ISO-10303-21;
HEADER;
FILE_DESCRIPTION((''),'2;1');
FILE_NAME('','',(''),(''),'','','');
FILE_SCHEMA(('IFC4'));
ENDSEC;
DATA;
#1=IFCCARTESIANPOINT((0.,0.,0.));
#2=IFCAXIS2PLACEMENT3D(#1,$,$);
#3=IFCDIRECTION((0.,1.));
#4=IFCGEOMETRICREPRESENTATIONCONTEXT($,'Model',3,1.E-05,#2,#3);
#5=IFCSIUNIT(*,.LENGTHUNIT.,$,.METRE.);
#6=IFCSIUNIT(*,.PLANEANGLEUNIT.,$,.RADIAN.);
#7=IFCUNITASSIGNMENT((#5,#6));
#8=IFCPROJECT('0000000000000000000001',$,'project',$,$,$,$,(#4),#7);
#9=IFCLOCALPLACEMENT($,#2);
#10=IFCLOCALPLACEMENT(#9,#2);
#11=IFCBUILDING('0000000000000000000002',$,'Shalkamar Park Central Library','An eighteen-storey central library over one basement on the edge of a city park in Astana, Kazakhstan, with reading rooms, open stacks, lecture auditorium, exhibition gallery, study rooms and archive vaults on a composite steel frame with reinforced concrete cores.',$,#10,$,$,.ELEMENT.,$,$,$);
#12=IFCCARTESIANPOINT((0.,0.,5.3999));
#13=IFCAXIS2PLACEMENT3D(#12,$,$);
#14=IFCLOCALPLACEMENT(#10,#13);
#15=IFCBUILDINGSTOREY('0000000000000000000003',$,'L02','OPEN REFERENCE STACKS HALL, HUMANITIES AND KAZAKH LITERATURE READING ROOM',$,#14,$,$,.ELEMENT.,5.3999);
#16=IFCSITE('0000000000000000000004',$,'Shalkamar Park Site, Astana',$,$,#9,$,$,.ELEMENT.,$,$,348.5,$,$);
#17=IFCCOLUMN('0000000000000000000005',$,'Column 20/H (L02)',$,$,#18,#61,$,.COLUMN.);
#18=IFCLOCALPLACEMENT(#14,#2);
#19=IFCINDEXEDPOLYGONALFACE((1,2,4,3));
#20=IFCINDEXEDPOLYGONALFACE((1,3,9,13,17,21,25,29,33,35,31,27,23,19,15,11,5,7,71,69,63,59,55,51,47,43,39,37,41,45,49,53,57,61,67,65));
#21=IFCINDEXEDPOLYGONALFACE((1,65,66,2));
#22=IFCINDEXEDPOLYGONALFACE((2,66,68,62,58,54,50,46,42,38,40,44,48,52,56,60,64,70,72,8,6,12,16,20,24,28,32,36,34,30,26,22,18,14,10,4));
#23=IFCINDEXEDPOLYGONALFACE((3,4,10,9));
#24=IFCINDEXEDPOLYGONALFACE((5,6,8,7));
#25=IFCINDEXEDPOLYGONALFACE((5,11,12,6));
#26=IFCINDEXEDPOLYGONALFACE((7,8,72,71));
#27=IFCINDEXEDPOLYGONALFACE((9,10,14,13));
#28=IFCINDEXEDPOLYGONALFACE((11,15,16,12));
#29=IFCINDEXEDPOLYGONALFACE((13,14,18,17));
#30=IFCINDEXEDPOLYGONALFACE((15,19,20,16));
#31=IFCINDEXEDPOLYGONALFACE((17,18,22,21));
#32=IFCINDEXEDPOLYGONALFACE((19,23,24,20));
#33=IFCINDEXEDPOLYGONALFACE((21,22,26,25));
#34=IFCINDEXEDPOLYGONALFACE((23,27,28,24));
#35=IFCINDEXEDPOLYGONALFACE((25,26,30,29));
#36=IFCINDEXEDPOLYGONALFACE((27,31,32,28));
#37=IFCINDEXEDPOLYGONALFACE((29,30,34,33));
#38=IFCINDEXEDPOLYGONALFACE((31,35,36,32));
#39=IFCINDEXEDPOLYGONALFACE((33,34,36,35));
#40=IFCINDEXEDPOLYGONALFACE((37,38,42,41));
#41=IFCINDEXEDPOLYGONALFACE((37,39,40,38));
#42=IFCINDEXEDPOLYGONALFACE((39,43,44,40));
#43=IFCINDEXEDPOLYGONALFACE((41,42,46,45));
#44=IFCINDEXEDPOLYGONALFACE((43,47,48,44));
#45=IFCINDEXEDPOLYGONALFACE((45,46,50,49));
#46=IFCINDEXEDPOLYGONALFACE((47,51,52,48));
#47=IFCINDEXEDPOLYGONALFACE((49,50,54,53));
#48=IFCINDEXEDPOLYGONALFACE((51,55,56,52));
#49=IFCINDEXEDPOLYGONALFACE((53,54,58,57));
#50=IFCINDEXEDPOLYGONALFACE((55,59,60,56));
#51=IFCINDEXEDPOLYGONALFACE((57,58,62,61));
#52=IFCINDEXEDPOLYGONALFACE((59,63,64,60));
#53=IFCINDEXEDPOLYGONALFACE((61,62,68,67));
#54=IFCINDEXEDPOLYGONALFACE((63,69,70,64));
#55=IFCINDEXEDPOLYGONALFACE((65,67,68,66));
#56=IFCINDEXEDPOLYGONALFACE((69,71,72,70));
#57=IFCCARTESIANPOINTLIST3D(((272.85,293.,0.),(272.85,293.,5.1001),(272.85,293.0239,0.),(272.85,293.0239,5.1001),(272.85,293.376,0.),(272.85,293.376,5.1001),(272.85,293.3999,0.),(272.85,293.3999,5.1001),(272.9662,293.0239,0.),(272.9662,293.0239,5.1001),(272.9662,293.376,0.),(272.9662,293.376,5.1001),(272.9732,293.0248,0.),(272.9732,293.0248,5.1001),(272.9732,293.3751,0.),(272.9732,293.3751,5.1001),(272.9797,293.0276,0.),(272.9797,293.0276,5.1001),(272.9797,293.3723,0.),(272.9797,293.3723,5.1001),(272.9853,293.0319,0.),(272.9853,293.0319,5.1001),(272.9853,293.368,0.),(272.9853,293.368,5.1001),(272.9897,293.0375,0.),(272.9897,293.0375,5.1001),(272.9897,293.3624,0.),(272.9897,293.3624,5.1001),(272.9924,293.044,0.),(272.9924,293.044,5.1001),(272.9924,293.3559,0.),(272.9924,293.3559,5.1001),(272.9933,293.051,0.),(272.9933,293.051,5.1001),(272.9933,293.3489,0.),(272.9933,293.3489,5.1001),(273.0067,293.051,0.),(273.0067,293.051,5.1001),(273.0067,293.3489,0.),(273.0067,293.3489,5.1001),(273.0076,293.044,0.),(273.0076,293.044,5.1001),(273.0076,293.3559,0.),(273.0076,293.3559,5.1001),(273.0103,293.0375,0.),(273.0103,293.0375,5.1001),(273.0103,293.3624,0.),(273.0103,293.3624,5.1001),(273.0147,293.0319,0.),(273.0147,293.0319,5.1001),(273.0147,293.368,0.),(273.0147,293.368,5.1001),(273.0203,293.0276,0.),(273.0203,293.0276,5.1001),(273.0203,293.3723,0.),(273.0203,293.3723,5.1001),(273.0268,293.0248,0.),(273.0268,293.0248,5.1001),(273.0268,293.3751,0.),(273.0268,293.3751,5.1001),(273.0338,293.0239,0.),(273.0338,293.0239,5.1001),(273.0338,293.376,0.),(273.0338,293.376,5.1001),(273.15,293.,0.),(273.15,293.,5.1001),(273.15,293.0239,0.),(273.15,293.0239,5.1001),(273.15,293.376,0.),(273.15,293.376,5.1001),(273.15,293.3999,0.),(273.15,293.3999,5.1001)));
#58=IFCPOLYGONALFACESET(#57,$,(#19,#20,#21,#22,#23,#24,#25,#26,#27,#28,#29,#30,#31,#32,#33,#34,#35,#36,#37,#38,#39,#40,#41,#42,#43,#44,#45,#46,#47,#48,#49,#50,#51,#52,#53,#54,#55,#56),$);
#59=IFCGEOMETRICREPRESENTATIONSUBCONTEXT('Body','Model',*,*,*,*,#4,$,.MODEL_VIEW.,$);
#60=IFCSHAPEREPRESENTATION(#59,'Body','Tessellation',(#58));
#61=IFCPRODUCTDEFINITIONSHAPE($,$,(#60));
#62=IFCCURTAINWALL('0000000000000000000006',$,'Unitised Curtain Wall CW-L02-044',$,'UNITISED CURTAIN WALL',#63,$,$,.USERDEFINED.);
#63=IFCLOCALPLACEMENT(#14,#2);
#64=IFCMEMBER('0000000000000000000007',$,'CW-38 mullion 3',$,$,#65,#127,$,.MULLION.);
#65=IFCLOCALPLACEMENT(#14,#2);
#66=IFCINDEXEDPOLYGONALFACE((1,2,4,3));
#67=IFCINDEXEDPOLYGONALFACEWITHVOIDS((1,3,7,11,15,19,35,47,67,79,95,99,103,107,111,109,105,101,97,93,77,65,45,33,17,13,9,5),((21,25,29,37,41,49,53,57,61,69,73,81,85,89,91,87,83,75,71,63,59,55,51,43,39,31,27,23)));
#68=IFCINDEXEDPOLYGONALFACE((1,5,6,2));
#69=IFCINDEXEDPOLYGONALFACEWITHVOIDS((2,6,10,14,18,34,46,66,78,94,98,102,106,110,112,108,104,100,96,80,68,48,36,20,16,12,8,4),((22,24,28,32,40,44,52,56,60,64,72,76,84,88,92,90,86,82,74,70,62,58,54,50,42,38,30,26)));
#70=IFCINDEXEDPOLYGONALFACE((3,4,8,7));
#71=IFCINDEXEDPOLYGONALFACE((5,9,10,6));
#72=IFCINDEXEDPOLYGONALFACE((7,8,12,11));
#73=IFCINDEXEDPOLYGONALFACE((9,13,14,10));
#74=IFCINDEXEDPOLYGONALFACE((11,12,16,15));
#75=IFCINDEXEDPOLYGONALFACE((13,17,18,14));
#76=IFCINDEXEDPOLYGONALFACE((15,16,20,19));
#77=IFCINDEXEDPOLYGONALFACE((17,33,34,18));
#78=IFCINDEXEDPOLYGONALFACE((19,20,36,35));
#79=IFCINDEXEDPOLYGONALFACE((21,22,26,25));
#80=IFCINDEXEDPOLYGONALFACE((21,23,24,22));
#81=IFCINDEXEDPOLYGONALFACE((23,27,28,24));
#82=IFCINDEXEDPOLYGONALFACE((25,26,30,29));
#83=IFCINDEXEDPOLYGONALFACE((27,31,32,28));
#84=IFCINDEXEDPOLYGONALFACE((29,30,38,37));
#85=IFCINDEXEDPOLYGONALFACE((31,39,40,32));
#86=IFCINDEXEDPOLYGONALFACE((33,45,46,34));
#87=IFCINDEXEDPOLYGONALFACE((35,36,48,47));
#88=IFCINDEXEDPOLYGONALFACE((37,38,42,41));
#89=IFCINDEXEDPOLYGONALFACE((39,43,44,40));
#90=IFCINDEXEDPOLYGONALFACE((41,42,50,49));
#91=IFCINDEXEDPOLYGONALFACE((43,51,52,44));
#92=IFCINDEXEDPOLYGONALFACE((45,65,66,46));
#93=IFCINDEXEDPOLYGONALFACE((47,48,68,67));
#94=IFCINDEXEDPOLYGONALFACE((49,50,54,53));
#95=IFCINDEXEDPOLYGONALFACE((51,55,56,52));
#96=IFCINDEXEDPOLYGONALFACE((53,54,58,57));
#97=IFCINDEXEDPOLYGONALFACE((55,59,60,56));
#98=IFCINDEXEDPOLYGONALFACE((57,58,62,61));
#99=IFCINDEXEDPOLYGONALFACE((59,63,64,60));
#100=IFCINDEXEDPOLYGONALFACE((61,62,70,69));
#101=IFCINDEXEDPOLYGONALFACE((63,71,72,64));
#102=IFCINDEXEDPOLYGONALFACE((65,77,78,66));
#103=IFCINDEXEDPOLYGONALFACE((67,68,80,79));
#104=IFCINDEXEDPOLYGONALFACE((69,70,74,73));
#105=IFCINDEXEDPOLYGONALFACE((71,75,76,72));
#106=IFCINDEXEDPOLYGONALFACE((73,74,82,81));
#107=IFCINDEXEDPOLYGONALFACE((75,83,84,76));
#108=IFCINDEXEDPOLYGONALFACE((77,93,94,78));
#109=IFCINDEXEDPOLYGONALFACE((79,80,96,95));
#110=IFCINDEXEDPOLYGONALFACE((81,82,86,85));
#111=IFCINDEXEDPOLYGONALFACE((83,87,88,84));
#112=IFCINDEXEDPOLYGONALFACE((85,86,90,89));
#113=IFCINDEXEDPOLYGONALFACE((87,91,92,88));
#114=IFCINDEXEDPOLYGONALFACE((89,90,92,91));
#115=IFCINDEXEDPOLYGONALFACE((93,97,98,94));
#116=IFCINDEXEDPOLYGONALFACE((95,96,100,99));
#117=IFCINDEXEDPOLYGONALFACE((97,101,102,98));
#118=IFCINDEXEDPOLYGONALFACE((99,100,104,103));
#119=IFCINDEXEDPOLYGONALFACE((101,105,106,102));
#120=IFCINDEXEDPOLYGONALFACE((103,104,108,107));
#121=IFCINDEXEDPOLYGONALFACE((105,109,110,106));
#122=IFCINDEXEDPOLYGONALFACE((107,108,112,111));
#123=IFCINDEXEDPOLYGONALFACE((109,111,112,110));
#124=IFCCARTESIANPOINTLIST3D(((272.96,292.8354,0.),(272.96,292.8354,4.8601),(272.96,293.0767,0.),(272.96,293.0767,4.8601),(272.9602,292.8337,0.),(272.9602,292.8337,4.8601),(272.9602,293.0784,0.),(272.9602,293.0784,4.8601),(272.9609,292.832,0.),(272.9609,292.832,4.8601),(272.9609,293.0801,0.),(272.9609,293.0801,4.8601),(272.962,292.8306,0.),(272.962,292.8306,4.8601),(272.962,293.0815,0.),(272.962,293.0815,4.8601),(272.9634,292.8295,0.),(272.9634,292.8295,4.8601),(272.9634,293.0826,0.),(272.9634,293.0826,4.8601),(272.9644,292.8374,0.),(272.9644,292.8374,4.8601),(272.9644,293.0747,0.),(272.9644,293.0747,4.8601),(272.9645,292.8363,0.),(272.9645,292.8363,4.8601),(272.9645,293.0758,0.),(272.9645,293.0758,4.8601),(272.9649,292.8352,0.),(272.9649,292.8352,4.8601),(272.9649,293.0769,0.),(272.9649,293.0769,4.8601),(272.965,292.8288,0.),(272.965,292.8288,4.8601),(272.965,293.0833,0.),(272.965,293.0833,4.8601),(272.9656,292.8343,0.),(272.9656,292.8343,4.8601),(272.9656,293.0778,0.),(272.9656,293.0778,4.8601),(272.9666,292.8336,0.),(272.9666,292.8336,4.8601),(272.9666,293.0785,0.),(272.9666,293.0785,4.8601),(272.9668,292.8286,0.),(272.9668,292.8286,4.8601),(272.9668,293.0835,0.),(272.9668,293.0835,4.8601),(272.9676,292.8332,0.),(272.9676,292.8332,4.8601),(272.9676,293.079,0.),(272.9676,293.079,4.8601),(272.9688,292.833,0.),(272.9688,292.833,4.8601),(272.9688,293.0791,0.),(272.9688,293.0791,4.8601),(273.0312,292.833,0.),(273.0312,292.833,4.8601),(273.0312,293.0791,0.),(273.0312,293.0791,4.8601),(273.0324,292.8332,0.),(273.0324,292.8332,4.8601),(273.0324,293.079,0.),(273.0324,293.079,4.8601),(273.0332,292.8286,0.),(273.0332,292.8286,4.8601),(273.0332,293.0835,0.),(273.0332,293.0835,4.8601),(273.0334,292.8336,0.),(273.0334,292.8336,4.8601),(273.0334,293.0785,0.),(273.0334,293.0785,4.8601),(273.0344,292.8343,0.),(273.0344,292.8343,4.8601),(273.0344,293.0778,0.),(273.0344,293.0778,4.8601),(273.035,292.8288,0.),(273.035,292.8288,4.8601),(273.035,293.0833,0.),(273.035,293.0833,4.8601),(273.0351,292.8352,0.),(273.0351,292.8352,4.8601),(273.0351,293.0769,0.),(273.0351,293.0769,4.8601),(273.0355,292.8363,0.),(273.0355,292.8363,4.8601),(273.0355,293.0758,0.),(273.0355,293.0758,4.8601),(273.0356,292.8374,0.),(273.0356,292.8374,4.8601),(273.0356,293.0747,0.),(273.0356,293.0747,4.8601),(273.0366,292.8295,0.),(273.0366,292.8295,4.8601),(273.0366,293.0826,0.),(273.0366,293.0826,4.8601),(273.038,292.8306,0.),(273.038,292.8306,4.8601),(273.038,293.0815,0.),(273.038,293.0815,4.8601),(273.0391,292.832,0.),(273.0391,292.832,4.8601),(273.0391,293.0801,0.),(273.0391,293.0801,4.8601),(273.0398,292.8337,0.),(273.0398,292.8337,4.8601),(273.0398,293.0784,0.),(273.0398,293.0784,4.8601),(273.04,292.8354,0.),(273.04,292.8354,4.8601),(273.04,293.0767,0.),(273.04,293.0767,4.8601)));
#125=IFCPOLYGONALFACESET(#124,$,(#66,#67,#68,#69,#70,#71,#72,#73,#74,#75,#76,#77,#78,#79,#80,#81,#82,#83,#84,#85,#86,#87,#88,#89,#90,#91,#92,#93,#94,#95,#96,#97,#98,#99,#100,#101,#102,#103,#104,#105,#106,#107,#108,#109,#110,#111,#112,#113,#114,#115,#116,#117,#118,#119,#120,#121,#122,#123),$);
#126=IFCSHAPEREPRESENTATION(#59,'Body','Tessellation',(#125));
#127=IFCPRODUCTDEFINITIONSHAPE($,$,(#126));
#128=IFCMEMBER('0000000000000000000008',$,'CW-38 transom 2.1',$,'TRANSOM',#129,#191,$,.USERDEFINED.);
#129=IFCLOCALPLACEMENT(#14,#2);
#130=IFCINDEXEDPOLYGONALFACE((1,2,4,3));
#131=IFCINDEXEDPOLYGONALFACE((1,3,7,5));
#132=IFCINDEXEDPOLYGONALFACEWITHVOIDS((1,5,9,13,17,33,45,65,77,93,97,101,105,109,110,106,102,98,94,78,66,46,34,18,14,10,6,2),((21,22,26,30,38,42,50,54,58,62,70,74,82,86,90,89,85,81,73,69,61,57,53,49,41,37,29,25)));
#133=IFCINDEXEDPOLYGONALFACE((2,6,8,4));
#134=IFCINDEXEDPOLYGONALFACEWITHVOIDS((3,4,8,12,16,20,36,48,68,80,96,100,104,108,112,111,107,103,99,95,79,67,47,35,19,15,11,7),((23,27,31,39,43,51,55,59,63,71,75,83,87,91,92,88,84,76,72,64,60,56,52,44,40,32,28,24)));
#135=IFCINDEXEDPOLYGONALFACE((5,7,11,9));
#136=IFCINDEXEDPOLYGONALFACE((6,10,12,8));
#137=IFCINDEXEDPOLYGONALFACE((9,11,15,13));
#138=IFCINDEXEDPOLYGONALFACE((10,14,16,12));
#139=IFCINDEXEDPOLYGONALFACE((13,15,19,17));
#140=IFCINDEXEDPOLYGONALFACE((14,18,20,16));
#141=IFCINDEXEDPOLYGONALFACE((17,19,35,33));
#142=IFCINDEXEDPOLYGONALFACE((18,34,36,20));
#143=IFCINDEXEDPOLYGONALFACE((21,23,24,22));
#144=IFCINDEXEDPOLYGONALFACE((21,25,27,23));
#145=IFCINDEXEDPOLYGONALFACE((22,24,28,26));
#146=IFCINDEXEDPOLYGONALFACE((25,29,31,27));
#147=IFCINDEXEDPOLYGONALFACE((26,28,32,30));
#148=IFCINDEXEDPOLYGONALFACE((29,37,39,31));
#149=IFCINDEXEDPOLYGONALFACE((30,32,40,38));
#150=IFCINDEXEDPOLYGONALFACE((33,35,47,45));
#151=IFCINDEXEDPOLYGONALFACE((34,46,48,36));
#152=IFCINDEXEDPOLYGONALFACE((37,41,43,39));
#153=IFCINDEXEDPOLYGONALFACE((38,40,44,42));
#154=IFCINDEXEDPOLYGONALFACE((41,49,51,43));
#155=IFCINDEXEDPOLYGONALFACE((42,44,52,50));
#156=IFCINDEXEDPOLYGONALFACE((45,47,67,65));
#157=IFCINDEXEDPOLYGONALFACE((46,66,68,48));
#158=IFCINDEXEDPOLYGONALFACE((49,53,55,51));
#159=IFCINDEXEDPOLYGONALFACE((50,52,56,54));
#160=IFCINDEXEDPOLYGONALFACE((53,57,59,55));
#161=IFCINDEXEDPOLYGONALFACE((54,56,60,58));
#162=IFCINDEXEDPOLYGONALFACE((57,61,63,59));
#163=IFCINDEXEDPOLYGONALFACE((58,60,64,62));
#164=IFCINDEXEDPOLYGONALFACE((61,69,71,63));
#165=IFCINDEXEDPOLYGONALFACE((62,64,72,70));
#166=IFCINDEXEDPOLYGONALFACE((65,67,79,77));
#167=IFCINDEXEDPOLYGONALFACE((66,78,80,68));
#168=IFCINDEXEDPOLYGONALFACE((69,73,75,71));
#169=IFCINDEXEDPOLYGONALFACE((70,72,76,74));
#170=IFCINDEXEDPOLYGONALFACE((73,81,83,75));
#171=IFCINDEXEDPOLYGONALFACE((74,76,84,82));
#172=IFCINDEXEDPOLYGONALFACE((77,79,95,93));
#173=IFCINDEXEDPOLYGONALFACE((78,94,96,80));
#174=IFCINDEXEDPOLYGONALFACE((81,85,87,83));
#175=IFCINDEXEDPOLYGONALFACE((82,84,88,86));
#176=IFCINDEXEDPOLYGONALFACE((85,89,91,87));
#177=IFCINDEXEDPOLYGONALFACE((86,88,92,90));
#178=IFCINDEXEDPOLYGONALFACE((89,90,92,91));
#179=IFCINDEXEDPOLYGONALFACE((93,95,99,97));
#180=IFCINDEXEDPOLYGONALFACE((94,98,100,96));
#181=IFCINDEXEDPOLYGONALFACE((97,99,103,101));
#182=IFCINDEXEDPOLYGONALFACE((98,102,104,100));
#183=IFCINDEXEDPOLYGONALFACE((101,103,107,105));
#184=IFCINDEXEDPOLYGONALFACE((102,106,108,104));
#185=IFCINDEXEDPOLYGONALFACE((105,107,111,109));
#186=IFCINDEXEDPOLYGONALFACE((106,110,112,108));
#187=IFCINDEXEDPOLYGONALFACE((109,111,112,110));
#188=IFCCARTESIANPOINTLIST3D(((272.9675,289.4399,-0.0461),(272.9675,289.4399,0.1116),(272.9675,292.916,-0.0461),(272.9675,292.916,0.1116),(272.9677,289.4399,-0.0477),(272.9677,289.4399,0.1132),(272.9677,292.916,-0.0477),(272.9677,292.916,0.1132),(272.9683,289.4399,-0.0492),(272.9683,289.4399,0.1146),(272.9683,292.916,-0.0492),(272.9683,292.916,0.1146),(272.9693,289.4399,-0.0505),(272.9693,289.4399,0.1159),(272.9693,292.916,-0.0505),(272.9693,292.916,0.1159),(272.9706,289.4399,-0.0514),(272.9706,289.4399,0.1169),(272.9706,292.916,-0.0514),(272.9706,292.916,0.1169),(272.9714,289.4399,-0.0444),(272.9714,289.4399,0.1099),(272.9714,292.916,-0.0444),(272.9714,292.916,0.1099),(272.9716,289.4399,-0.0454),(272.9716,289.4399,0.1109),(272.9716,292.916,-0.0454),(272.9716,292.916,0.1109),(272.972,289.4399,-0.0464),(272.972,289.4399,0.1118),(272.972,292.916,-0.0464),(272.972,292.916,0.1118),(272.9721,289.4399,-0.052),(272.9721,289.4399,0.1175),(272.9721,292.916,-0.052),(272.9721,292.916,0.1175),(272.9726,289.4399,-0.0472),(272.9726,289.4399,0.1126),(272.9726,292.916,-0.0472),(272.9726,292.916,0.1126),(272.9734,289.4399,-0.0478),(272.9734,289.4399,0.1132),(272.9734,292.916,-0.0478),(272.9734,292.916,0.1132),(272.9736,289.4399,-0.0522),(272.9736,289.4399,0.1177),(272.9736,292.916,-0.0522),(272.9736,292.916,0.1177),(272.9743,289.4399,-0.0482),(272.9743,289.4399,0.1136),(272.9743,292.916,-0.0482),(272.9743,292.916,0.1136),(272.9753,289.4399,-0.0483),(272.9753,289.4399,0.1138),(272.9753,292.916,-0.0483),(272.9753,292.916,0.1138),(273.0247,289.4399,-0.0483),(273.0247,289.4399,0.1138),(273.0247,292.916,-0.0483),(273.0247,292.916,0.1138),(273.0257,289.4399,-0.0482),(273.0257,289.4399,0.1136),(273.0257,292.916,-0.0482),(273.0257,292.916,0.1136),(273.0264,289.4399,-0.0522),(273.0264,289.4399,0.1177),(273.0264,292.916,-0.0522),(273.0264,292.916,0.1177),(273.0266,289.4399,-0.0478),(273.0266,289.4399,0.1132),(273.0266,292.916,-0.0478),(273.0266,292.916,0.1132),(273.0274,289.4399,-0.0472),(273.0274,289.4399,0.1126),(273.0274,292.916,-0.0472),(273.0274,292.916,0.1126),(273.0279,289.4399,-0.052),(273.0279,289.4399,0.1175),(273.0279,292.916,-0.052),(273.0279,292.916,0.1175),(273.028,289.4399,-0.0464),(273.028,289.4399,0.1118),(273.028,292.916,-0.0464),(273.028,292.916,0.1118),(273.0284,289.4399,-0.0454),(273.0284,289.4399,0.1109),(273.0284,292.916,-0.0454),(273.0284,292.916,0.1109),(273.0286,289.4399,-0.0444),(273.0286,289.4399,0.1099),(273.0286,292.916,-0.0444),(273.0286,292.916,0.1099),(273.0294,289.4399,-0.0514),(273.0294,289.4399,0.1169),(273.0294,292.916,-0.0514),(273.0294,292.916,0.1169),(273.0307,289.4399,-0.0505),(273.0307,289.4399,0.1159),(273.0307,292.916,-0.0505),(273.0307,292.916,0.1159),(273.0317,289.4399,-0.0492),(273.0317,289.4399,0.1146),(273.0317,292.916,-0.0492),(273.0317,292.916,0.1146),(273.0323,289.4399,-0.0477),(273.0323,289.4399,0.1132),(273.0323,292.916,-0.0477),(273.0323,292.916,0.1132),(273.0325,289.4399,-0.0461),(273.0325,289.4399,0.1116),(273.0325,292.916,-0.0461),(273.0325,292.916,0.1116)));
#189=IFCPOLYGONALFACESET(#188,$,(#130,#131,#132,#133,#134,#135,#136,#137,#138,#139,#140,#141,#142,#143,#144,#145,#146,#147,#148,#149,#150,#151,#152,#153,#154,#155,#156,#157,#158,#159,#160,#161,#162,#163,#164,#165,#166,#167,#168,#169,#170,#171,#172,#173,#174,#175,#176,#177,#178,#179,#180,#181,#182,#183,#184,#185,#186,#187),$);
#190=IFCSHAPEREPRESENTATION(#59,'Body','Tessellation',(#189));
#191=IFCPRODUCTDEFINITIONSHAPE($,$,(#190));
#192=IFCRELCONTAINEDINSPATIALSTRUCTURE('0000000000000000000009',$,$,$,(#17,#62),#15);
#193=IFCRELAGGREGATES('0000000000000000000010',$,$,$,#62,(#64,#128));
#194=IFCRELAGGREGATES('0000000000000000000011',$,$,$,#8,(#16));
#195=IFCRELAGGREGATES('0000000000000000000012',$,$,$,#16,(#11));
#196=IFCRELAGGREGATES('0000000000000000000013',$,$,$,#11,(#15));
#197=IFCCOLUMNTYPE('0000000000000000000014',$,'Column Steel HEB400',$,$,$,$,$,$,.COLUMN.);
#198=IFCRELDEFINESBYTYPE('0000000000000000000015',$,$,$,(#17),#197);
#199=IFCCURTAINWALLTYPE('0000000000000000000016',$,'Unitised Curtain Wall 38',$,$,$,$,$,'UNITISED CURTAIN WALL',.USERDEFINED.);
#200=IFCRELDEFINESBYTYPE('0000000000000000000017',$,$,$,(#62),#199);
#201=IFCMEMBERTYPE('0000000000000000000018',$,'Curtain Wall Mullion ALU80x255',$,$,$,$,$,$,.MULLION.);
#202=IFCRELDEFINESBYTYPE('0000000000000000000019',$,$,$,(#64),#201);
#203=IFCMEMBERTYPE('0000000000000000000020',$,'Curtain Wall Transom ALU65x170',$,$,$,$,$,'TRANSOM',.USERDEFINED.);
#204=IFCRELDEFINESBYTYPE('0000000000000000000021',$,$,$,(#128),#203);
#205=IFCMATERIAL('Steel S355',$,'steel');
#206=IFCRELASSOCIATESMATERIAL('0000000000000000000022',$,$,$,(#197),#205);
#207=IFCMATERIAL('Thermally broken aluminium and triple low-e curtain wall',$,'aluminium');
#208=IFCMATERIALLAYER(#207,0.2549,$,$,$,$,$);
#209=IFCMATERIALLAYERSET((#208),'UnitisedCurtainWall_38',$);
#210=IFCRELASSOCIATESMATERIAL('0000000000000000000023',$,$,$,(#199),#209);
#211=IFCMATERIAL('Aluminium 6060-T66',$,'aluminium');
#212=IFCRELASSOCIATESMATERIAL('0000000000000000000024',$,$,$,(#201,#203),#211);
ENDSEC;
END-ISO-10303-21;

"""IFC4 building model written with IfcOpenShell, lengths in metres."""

from ifc_helpers import new_model, si_unit, direction, frame, origin, origin_2d, place, context, subcontext, project, spatial, hollow_rectangle, i_section, extrude, material, layer, layer_set, material_profile, profile_set, type_object, element, aggregate, save


model = new_model("IFC4")

# Units and contexts
model_context = context("Model", 3, precision=1e-05, world=origin(), true_north=direction((0.0, 1.0)))
body_context = subcontext(model_context, "Body", "Model", "MODEL_VIEW")
ifc_project = project(units=[si_unit("LENGTHUNIT", "METRE"), si_unit("PLANEANGLEUNIT", "RADIAN")], contexts=[model_context])

# Site, building, storey
site_placement = place(None, origin())
site = spatial("IfcSite", under=ifc_project, at=site_placement, Name="Shalkamar Park Site, Astana", CompositionType="ELEMENT", RefElevation=348.5)
building_placement = place(site_placement, origin())
building = spatial("IfcBuilding", under=site, at=building_placement, Name="Shalkamar Park Central Library", Description="An eighteen-storey central library over one basement on the edge of a city park in Astana, Kazakhstan, with reading rooms, open stacks, lecture auditorium, exhibition gallery, study rooms and archive vaults on a composite steel frame with reinforced concrete cores.", CompositionType="ELEMENT")
storey_placement = place(building_placement, frame((0.0, 0.0, 5.3999)))
storey = spatial("IfcBuildingStorey", under=building, at=storey_placement, Name="L02", Description="OPEN REFERENCE STACKS HALL, HUMANITIES AND KAZAKH LITERATURE READING ROOM", CompositionType="ELEMENT", Elevation=5.3999)

# Column
ifc_material_1 = material(Name="Steel S355", Category="steel")
ifc_material_profile_1 = material_profile(ifc_material_1, i_section(OverallWidth=0.3, OverallDepth=0.3999, WebThickness=0.0134, FlangeThickness=0.0239, FilletRadius=0.0271, at=origin_2d()), Name="HEB 400")
ifc_profile_set_1 = profile_set([ifc_material_profile_1], Name="Steel S355")
column_type = type_object("IfcColumnType", Name="Column Steel HEB400", PredefinedType="COLUMN", material=ifc_profile_set_1)
column_placement = place(storey_placement, frame((273.0, 293.2, 0.0), z_axis=(0.0, 0.0, 1.0), x_axis=(1.0, 0.0, 0.0)))
element("IfcColumn", 1, at=column_placement, inside=storey, type_object=column_type, Name="Column 20/H (L02)", PredefinedType="COLUMN", context=body_context, shape_type="SweptSolid", body=[
    extrude(i_section(OverallWidth=0.3, OverallDepth=0.3999, WebThickness=0.0134, FlangeThickness=0.0239, FilletRadius=0.0271, at=origin_2d()), origin(), (0.0, 0.0, 1.0), 5.1001),
])

# Curtain wall, members
ifc_material_2 = material(Name="Thermally broken aluminium and triple low-e curtain wall", Category="aluminium")
ifc_layer_1 = layer(ifc_material_2, 0.2549)
ifc_layer_set_1 = layer_set([ifc_layer_1], Name="UnitisedCurtainWall_38")
curtain_wall_type = type_object("IfcCurtainWallType", Name="Unitised Curtain Wall 38", ElementType="UNITISED CURTAIN WALL", PredefinedType="USERDEFINED", material=ifc_layer_set_1)
curtain_wall_placement = place(storey_placement, origin())
curtain_wall = element("IfcCurtainWall", 2, at=curtain_wall_placement, inside=storey, type_object=curtain_wall_type, Name="Unitised Curtain Wall CW-L02-044", ObjectType="UNITISED CURTAIN WALL", PredefinedType="USERDEFINED")
ifc_material_3 = material(Name="Aluminium 6060-T66", Category="aluminium")
ifc_material_profile_2 = material_profile(ifc_material_3, hollow_rectangle(XDim=0.0801, YDim=0.2549, WallThickness=0.0044, InnerFilletRadius=0.0044, OuterFilletRadius=0.0068, at=origin_2d()), Name="ALU 80x255x4.5")
ifc_profile_set_2 = profile_set([ifc_material_profile_2], Name="Aluminium 6060-T66")
member_type_1 = type_object("IfcMemberType", Name="Curtain Wall Mullion ALU80x255", PredefinedType="MULLION", material=ifc_profile_set_2)
member_1_placement = place(storey_placement, frame((273.0, 292.9561, 0.0), z_axis=(0.0, 0.0, 1.0), x_axis=(-1.0, 0.0, 0.0)))
member_1 = element("IfcMember", 3, at=member_1_placement, type_object=member_type_1, Name="CW-38 mullion 3", PredefinedType="MULLION", context=body_context, shape_type="SweptSolid", body=[
    extrude(hollow_rectangle(XDim=0.0801, YDim=0.2549, WallThickness=0.0044, InnerFilletRadius=0.0044, OuterFilletRadius=0.0068, at=origin_2d()), origin(), (0.0, 0.0, 1.0), 4.8601),
])
ifc_material_profile_3 = material_profile(ifc_material_3, hollow_rectangle(XDim=0.0649, YDim=0.1699, WallThickness=0.0039, InnerFilletRadius=0.0039, OuterFilletRadius=0.0061, at=origin_2d()), Name="ALU 65x170x4")
ifc_profile_set_3 = profile_set([ifc_material_profile_3], Name="Aluminium 6060-T66")
member_type_2 = type_object("IfcMemberType", Name="Curtain Wall Transom ALU65x170", ElementType="TRANSOM", PredefinedType="USERDEFINED", material=ifc_profile_set_3)
member_2_placement = place(storey_placement, frame((273.0, 289.4399, 0.0327), z_axis=(0.0, 1.0, 0.0), x_axis=(-1.0, 0.0, 0.0)))
member_2 = element("IfcMember", 4, at=member_2_placement, type_object=member_type_2, Name="CW-38 transom 2.1", ObjectType="TRANSOM", PredefinedType="USERDEFINED", context=body_context, shape_type="SweptSolid", body=[
    extrude(hollow_rectangle(XDim=0.0649, YDim=0.1699, WallThickness=0.0039, InnerFilletRadius=0.0039, OuterFilletRadius=0.0061, at=origin_2d()), origin(), (0.0, 0.0, 1.0), 3.4761),
])

aggregate(curtain_wall, [member_1, member_2])

save(model, "model.ifc")
